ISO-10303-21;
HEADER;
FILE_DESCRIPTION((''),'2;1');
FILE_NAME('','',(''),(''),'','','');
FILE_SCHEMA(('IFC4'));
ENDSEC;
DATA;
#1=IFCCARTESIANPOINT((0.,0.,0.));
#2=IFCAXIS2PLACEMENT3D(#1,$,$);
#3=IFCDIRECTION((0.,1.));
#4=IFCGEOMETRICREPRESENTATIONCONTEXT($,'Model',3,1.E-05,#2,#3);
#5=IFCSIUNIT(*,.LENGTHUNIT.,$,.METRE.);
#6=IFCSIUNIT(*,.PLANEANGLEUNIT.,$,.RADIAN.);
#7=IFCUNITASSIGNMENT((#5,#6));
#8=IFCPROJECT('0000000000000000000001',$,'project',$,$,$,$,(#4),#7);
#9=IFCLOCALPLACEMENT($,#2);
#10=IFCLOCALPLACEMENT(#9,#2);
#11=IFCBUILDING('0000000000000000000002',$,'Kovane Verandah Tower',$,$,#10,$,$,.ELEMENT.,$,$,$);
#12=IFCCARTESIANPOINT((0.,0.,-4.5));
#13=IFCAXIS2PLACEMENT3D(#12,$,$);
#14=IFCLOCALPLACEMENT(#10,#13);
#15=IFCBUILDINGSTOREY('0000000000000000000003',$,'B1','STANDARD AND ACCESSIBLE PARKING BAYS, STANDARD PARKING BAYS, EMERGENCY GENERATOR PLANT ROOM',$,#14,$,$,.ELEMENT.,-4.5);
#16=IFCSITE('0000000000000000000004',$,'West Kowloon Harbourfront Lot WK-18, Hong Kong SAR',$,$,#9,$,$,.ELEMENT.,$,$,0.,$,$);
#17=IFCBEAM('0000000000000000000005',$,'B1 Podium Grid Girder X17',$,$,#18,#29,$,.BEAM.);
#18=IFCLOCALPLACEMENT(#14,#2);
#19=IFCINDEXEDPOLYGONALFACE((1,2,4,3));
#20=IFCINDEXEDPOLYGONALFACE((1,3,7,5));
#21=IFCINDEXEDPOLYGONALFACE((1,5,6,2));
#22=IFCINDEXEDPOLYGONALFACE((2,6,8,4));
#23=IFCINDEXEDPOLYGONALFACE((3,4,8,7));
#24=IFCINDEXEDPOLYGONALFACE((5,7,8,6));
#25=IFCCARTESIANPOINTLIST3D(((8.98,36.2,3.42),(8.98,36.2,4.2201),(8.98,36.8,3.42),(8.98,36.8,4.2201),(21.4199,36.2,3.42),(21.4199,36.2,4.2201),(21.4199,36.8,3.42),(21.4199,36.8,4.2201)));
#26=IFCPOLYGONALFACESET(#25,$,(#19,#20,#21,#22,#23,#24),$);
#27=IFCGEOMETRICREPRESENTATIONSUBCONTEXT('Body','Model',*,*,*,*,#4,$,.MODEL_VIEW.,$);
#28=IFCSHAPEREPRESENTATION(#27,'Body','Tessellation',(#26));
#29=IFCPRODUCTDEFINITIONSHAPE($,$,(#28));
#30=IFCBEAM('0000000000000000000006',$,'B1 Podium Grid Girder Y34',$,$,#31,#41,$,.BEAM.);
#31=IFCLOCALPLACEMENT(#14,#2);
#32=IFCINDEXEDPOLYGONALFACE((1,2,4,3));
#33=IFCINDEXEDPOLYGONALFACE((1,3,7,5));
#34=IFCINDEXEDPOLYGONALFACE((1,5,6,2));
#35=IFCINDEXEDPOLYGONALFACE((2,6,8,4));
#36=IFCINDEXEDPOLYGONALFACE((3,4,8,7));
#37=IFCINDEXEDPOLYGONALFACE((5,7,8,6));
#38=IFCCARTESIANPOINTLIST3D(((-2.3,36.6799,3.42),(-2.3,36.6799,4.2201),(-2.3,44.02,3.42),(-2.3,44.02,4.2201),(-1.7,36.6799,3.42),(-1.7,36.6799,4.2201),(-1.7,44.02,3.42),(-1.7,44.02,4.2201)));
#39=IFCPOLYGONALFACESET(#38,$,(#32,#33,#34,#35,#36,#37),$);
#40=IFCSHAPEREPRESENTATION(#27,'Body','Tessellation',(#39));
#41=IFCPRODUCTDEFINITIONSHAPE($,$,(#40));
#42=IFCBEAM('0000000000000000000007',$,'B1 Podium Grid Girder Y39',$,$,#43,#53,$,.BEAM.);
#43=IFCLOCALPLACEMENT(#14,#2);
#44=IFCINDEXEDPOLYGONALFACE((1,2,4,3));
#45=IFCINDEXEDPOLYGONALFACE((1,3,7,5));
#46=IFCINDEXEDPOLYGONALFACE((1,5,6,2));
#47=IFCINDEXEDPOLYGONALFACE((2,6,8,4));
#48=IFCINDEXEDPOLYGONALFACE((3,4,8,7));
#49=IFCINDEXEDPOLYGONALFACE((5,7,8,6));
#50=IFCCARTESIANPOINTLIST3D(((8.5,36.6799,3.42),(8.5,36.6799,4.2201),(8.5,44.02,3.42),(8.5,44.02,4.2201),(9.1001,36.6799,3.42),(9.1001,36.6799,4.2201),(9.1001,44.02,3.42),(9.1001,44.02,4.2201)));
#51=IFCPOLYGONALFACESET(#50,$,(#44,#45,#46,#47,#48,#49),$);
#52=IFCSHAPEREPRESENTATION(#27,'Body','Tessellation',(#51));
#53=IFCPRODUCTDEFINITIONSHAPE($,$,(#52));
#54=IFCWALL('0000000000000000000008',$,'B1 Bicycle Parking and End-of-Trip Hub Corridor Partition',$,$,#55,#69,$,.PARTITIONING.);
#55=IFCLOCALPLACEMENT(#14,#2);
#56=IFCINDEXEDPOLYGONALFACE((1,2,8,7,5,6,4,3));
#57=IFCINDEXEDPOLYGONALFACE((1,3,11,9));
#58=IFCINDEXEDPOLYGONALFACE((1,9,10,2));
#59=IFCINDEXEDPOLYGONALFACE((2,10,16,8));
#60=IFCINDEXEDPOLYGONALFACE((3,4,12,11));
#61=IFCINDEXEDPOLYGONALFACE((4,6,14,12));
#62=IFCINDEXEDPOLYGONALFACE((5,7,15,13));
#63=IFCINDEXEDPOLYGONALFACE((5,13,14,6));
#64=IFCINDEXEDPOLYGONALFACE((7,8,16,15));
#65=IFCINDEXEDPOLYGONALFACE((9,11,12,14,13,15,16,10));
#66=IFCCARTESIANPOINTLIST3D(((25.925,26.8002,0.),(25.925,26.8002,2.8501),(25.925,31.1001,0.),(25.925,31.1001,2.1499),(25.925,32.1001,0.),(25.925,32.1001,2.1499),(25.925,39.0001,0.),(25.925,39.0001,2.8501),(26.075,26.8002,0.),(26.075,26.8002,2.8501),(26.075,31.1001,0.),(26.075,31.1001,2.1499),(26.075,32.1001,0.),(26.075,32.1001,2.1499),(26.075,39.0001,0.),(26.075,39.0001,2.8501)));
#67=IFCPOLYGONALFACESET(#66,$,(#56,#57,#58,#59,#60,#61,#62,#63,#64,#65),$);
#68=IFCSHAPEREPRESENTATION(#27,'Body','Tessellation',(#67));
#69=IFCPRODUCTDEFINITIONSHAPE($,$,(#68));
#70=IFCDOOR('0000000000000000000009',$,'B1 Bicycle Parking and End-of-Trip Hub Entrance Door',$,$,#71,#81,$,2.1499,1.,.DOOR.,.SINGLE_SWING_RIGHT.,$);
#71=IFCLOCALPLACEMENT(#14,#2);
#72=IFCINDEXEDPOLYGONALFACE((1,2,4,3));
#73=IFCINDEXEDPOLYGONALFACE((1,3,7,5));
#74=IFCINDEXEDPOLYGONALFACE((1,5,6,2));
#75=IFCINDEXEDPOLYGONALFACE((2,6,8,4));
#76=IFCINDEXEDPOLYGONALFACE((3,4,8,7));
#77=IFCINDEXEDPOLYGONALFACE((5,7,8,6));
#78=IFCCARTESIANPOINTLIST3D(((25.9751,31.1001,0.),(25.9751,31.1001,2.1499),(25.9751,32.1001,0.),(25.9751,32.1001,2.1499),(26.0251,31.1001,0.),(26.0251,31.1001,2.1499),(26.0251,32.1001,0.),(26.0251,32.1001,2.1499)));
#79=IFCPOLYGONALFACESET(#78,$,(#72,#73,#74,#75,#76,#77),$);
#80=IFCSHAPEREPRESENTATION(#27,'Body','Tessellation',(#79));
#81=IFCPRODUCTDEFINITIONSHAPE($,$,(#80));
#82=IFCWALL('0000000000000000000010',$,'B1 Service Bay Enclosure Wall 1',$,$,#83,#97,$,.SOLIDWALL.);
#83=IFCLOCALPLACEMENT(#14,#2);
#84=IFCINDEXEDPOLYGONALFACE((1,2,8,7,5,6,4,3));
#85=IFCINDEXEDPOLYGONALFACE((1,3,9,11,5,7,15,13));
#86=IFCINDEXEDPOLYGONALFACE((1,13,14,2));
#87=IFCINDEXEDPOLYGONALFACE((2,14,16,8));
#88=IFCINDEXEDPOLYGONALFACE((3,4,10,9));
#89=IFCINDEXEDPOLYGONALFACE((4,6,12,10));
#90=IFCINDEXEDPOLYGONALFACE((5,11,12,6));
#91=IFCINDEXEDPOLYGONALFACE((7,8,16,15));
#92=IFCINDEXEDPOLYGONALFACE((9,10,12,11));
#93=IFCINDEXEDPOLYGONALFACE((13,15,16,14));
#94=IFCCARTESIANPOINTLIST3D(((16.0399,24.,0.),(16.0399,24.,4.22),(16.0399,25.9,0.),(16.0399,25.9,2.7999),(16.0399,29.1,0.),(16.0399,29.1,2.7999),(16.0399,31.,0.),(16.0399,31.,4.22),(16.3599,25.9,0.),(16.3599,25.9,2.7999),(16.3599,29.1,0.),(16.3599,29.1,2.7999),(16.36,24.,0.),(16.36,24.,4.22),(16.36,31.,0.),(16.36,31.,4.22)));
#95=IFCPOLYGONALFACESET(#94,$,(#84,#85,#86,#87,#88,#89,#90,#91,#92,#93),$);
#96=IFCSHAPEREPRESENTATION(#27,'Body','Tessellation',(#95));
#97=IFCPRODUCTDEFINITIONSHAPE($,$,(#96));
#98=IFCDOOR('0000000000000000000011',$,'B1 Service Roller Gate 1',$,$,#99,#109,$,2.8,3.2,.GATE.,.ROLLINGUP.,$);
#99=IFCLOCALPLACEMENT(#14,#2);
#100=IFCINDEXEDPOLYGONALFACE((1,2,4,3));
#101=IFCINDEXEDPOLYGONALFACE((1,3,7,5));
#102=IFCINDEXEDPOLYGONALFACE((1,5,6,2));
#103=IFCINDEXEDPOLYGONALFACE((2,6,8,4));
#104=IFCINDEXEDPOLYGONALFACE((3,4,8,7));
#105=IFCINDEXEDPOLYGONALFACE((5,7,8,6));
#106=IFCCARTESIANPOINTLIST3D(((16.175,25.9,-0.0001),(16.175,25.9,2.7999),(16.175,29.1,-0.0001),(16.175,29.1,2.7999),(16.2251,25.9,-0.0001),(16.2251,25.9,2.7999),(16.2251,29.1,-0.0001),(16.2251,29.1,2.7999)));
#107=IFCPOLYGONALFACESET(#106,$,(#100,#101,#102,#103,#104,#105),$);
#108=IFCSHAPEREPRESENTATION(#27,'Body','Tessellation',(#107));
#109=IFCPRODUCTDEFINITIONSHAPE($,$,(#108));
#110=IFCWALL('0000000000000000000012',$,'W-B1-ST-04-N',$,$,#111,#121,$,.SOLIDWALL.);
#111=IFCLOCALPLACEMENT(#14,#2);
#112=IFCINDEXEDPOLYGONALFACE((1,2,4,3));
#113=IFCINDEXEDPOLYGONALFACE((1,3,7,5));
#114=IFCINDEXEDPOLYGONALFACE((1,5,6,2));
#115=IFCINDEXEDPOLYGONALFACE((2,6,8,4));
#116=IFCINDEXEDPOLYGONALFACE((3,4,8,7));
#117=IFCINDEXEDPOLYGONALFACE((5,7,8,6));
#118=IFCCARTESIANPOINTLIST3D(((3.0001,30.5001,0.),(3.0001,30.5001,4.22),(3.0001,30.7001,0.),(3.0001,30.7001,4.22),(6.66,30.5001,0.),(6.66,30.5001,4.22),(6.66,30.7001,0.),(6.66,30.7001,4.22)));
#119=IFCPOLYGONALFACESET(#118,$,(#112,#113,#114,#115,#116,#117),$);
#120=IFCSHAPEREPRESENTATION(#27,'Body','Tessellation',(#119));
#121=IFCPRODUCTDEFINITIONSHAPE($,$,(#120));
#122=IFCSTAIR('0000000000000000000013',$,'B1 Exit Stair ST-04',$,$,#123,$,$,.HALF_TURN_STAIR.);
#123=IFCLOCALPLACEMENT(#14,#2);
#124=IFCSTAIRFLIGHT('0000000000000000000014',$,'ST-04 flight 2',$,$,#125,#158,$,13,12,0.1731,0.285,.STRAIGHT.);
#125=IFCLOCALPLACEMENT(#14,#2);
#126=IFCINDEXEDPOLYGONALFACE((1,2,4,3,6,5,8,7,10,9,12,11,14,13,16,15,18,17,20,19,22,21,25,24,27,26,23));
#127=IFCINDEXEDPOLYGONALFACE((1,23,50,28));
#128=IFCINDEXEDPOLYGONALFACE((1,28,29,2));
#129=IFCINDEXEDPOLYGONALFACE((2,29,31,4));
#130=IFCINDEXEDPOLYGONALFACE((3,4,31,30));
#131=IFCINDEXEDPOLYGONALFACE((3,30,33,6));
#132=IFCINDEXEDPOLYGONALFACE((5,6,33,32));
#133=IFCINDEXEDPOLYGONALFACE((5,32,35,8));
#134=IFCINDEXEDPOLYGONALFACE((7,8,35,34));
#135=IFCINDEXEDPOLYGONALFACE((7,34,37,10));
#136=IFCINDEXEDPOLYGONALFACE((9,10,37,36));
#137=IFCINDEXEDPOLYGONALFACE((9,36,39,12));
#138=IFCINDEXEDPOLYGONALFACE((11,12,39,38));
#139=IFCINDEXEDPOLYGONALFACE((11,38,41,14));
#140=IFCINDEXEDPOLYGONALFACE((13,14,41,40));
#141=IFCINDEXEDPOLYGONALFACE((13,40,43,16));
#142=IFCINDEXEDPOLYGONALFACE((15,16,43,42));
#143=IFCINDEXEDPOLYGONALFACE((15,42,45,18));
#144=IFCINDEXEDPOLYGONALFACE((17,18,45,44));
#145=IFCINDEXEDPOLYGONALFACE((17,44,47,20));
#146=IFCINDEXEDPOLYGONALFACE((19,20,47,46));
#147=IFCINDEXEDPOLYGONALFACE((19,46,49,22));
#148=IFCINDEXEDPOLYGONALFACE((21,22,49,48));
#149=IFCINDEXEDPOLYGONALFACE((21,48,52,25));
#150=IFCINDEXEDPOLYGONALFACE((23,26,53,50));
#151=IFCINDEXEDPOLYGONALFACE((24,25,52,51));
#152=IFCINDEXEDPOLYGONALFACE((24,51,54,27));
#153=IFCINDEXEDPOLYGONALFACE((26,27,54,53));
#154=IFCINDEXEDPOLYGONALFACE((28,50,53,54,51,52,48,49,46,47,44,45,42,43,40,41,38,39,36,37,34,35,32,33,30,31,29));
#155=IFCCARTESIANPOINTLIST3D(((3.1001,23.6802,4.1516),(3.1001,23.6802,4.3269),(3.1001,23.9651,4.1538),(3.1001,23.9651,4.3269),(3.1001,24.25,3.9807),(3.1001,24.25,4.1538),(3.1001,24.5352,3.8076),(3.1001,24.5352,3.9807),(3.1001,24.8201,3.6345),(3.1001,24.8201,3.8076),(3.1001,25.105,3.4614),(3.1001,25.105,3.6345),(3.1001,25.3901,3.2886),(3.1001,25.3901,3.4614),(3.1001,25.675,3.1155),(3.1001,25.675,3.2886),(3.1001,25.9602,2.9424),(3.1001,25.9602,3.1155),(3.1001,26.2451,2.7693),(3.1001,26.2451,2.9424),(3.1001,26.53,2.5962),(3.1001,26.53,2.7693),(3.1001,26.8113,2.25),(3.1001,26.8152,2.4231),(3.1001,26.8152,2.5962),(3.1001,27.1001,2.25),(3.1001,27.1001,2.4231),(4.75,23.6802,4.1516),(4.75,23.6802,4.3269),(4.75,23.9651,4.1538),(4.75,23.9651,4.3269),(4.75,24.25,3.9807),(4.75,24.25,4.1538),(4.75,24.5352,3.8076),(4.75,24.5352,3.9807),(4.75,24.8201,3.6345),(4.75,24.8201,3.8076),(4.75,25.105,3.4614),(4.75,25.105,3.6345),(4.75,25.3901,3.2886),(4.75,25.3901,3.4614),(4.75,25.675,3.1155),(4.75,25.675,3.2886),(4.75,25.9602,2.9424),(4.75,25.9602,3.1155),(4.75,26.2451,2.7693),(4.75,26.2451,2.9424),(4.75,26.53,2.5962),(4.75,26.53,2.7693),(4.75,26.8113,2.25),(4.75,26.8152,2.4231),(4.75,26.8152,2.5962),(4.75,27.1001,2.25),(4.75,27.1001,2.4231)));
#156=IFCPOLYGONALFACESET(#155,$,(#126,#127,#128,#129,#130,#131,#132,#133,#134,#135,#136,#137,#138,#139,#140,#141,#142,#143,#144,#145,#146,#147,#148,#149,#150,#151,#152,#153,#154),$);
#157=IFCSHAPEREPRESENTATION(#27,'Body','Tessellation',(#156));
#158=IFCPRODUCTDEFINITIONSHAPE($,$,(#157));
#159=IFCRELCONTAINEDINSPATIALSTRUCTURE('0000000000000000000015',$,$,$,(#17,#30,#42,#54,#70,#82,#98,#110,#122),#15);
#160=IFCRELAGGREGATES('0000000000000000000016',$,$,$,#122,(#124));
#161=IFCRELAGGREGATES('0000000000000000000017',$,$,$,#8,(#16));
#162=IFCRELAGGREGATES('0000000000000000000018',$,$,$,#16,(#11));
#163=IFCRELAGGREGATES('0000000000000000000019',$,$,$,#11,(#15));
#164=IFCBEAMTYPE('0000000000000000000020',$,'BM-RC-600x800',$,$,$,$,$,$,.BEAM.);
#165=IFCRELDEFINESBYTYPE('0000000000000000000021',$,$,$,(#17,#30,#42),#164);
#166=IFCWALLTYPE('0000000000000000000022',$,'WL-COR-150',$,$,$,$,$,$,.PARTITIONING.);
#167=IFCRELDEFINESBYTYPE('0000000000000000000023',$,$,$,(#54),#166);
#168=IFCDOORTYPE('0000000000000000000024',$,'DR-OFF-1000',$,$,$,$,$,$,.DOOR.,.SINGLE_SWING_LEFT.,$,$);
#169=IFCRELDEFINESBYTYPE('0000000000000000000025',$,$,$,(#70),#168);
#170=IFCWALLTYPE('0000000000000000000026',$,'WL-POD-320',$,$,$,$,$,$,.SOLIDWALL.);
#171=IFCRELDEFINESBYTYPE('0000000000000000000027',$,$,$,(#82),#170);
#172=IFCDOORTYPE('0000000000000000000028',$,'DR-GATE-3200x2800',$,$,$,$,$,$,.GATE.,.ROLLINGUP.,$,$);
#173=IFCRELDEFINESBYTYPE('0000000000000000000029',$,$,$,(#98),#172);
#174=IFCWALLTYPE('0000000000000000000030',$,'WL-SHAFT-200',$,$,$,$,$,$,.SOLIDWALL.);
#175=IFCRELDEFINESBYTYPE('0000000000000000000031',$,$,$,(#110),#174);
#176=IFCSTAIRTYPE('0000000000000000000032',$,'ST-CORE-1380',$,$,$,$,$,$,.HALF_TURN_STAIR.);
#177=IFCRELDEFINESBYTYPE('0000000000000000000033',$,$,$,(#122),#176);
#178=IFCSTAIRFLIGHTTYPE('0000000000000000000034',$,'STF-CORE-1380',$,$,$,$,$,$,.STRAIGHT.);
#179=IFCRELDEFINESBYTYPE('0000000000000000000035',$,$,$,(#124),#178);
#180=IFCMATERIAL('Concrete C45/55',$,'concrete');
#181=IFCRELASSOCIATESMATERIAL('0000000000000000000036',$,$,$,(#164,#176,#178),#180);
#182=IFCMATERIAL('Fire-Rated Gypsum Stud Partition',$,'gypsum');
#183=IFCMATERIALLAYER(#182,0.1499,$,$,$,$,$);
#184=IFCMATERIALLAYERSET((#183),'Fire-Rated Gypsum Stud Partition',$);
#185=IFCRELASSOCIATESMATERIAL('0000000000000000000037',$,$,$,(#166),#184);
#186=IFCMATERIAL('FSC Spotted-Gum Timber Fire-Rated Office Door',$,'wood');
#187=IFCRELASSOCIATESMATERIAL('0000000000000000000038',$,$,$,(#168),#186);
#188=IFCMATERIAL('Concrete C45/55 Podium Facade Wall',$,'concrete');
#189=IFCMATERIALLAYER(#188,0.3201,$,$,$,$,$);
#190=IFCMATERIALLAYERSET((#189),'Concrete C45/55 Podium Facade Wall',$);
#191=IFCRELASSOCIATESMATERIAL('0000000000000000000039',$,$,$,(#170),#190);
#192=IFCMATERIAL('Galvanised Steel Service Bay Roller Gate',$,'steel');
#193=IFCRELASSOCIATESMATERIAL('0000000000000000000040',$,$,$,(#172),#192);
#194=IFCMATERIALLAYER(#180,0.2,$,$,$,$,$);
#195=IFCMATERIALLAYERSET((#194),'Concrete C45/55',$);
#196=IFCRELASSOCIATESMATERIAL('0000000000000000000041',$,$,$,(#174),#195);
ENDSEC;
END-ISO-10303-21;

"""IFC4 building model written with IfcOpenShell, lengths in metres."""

from ifc_helpers import new_model, si_unit, direction, frame, frame_2d, origin, origin_2d, place, context, subcontext, project, spatial, polyline, rectangle, outline, extrude, material, layer, layer_set, material_profile, profile_set, type_object, element, fill, aggregate, save


model = new_model("IFC4")

# Units and contexts
model_context = context("Model", 3, precision=1e-05, world=origin(), true_north=direction((0.0, 1.0)))
body_context = subcontext(model_context, "Body", "Model", "MODEL_VIEW")
ifc_project = project(units=[si_unit("LENGTHUNIT", "METRE"), si_unit("PLANEANGLEUNIT", "RADIAN")], contexts=[model_context])

# Site, building, storey
site_placement = place(None, origin())
site = spatial("IfcSite", under=ifc_project, at=site_placement, Name="West Kowloon Harbourfront Lot WK-18, Hong Kong SAR", CompositionType="ELEMENT", RefElevation=0.0)
building_placement = place(site_placement, origin())
building = spatial("IfcBuilding", under=site, at=building_placement, Name="Kovane Verandah Tower", CompositionType="ELEMENT")
storey_placement = place(building_placement, frame((0.0, 0.0, -4.5)))
storey = spatial("IfcBuildingStorey", under=building, at=storey_placement, Name="B1", Description="STANDARD AND ACCESSIBLE PARKING BAYS, STANDARD PARKING BAYS, EMERGENCY GENERATOR PLANT ROOM", CompositionType="ELEMENT", Elevation=-4.5)

# Beams
ifc_material_1 = material(Name="Concrete C45/55", Category="concrete")
ifc_material_profile_1 = material_profile(ifc_material_1, rectangle(XDim=0.6001, YDim=0.8, at=origin_2d()), Name="RCB600x800")
ifc_profile_set_1 = profile_set([ifc_material_profile_1], Name="Concrete C45/55")
beam_type_1 = type_object("IfcBeamType", Name="BM-RC-600x800", PredefinedType="BEAM", material=ifc_profile_set_1)
beam_1_placement = place(storey_placement, frame((8.98, 36.5, 3.8201), z_axis=(1.0, 0.0, 0.0), x_axis=(0.0, 1.0, 0.0)))
element("IfcBeam", 1, at=beam_1_placement, inside=storey, type_object=beam_type_1, Name="B1 Podium Grid Girder X17", PredefinedType="BEAM", context=body_context, shape_type="SweptSolid", body=[
    extrude(rectangle(XDim=0.6001, YDim=0.8, at=origin_2d()), origin(), (0.0, 0.0, 1.0), 12.4399),
])
for number, where, z_axis, x_axis, name in (
    (2, (-2.0, 36.6799, 3.8201), (0.0, 1.0, 0.0), (-1.0, 0.0, 0.0), "B1 Podium Grid Girder Y34"),
    (3, (8.8, 36.6799, 3.8201), (0.0, 1.0, 0.0), (-1.0, 0.0, 0.0), "B1 Podium Grid Girder Y39"),
):
    element("IfcBeam", number, at=place(storey_placement, frame(where, z_axis=z_axis, x_axis=x_axis)), inside=storey, type_object=beam_type_1, Name=name, PredefinedType="BEAM", context=body_context, shape_type="SweptSolid", body=[
        extrude(rectangle(XDim=0.6001, YDim=0.8, at=origin_2d()), origin(), (0.0, 0.0, 1.0), 7.3401),
    ])

# Walls, openings, doors
ifc_material_2 = material(Name="Fire-Rated Gypsum Stud Partition", Category="gypsum")
ifc_layer_1 = layer(ifc_material_2, 0.1499)
ifc_layer_set_1 = layer_set([ifc_layer_1], Name="Fire-Rated Gypsum Stud Partition")
wall_type_1 = type_object("IfcWallType", Name="WL-COR-150", PredefinedType="PARTITIONING", material=ifc_layer_set_1)
wall_1_placement = place(storey_placement, frame((26.0, 26.8, 0.0), z_axis=(0.0, 0.0, 1.0), x_axis=(0.0, 1.0, 0.0)))
wall_1 = element("IfcWall", 4, at=wall_1_placement, inside=storey, type_object=wall_type_1, Name="B1 Bicycle Parking and End-of-Trip Hub Corridor Partition", PredefinedType="PARTITIONING", context=body_context, shape_type="SweptSolid", body=[
    extrude(rectangle(XDim=12.2, YDim=0.1499, at=frame_2d((6.1001, 0.0))), origin(), (0.0, 0.0, 1.0), 2.8501),
])
opening_1_placement = place(wall_1_placement, frame((4.3, 0.0, 0.0)))
opening_1 = element("IfcOpeningElement", 5, at=opening_1_placement, cuts=wall_1, PredefinedType="OPENING", context=body_context, shape_type="SweptSolid", body=[
    extrude(rectangle(XDim=1.0, YDim=2.1499, at=frame_2d((0.5, 1.075))), frame((0.0, 0.075, 0.0), z_axis=(0.0, -1.0, 0.0), x_axis=(1.0, 0.0, 0.0)), (0.0, 0.0, 1.0), 0.1499),
])
ifc_material_3 = material(Name="FSC Spotted-Gum Timber Fire-Rated Office Door", Category="wood")
door_type_1 = type_object("IfcDoorType", Name="DR-OFF-1000", OperationType="SINGLE_SWING_LEFT", PredefinedType="DOOR", material=ifc_material_3)
door_1_placement = place(opening_1_placement, origin())
door_1 = element("IfcDoor", 6, at=door_1_placement, inside=storey, type_object=door_type_1, Name="B1 Bicycle Parking and End-of-Trip Hub Entrance Door", OperationType="SINGLE_SWING_RIGHT", OverallHeight=2.1499, OverallWidth=1.0, PredefinedType="DOOR", context=body_context, shape_type="SweptSolid", body=[
    extrude(rectangle(XDim=1.0, YDim=2.1499, at=frame_2d((0.5, 1.075))), frame((0.0, 0.0249, 0.0), z_axis=(0.0, -1.0, 0.0), x_axis=(1.0, 0.0, 0.0)), (0.0, 0.0, 1.0), 0.05),
])
fill(opening_1, door_1)
ifc_material_4 = material(Name="Concrete C45/55 Podium Facade Wall", Category="concrete")
ifc_layer_2 = layer(ifc_material_4, 0.3201)
ifc_layer_set_2 = layer_set([ifc_layer_2], Name="Concrete C45/55 Podium Facade Wall")
wall_type_2 = type_object("IfcWallType", Name="WL-POD-320", PredefinedType="SOLIDWALL", material=ifc_layer_set_2)
wall_2_placement = place(storey_placement, frame((16.2, 24.0, 0.0), z_axis=(0.0, 0.0, 1.0), x_axis=(0.0, 1.0, 0.0)))
wall_2 = element("IfcWall", 7, at=wall_2_placement, inside=storey, type_object=wall_type_2, Name="B1 Service Bay Enclosure Wall 1", PredefinedType="SOLIDWALL", context=body_context, shape_type="SweptSolid", body=[
    extrude(rectangle(XDim=7.0, YDim=0.3201, at=frame_2d((3.5, 0.0))), origin(), (0.0, 0.0, 1.0), 4.22),
])
opening_2_placement = place(wall_2_placement, frame((1.8999, 0.0, 0.0)))
opening_2 = element("IfcOpeningElement", 8, at=opening_2_placement, cuts=wall_2, PredefinedType="OPENING", context=body_context, shape_type="SweptSolid", body=[
    extrude(rectangle(XDim=3.2, YDim=2.8, at=frame_2d((1.6001, 1.3999))), frame((0.0, 0.1602, 0.0), z_axis=(0.0, -1.0, 0.0), x_axis=(1.0, 0.0, 0.0)), (0.0, 0.0, 1.0), 0.3201),
])
ifc_material_5 = material(Name="Galvanised Steel Service Bay Roller Gate", Category="steel")
door_type_2 = type_object("IfcDoorType", Name="DR-GATE-3200x2800", OperationType="ROLLINGUP", PredefinedType="GATE", material=ifc_material_5)
door_2_placement = place(opening_2_placement, origin())
door_2 = element("IfcDoor", 9, at=door_2_placement, inside=storey, type_object=door_type_2, Name="B1 Service Roller Gate 1", OperationType="ROLLINGUP", OverallHeight=2.8, OverallWidth=3.2, PredefinedType="GATE", context=body_context, shape_type="SweptSolid", body=[
    extrude(rectangle(XDim=3.2, YDim=2.8, at=frame_2d((1.6001, 1.3999))), frame((0.0, 0.0249, 0.0), z_axis=(0.0, -1.0, 0.0), x_axis=(1.0, 0.0, 0.0)), (0.0, 0.0, 1.0), 0.05),
])
fill(opening_2, door_2)

# Wall
ifc_layer_3 = layer(ifc_material_1, 0.2)
ifc_layer_set_3 = layer_set([ifc_layer_3], Name="Concrete C45/55")
wall_type_3 = type_object("IfcWallType", Name="WL-SHAFT-200", PredefinedType="SOLIDWALL", material=ifc_layer_set_3)
wall_3_placement = place(storey_placement, frame((3.0, 30.6001, 0.0), z_axis=(0.0, 0.0, 1.0), x_axis=(1.0, 0.0, 0.0)))
element("IfcWall", 10, at=wall_3_placement, inside=storey, type_object=wall_type_3, Name="W-B1-ST-04-N", PredefinedType="SOLIDWALL", context=body_context, shape_type="SweptSolid", body=[
    extrude(rectangle(XDim=3.6599, YDim=0.2, at=frame_2d((1.8301, 0.0))), origin(), (0.0, 0.0, 1.0), 4.22),
])

# Stair, stair flight
stair_type = type_object("IfcStairType", Name="ST-CORE-1380", PredefinedType="HALF_TURN_STAIR", material=ifc_material_1)
stair_placement = place(storey_placement, origin())
stair = element("IfcStair", 11, at=stair_placement, inside=storey, type_object=stair_type, Name="B1 Exit Stair ST-04", PredefinedType="HALF_TURN_STAIR")
stair_flight_type = type_object("IfcStairFlightType", Name="STF-CORE-1380", PredefinedType="STRAIGHT", material=ifc_material_1)
stair_flight_placement = place(storey_placement, frame((3.925, 27.1001, 2.25), z_axis=(0.0, 0.0, 1.0), x_axis=(0.0, -1.0, 0.0)))
stair_flight = element("IfcStairFlight", 12, at=stair_flight_placement, type_object=stair_flight_type, Name="ST-04 flight 2", NumberOfRisers=13, NumberOfTreads=12, PredefinedType="STRAIGHT", RiserHeight=0.1731, TreadLength=0.285, context=body_context, shape_type="SweptSolid", body=[
    extrude(outline(polyline([(0.0, 0.0), (0.0, 0.1731), (0.2849, 0.1731), (0.2849, 0.3462), (0.5701, 0.3462), (0.5701, 0.5193), (0.855, 0.5193), (0.855, 0.6924), (1.1399, 0.6924), (1.1399, 0.8655), (1.425, 0.8655), (1.425, 1.0386), (1.71, 1.0386), (1.71, 1.2114), (1.9951, 1.2114), (1.9951, 1.3845), (2.28, 1.3845), (2.28, 1.5576), (2.5649, 1.5576), (2.5649, 1.7307), (2.8501, 1.7307), (2.8501, 1.9038), (3.135, 1.9038), (3.135, 2.0769), (3.4199, 2.0769), (3.4199, 2.25), (3.4199, 1.9016), (0.2888, 0.0), (0.0, 0.0)])), frame((0.0, 0.825, 0.0), z_axis=(0.0, -1.0, 0.0), x_axis=(1.0, 0.0, 0.0)), (0.0, 0.0, 1.0), 1.6499),
])
aggregate(stair, [stair_flight])

save(model, "model.ifc")
